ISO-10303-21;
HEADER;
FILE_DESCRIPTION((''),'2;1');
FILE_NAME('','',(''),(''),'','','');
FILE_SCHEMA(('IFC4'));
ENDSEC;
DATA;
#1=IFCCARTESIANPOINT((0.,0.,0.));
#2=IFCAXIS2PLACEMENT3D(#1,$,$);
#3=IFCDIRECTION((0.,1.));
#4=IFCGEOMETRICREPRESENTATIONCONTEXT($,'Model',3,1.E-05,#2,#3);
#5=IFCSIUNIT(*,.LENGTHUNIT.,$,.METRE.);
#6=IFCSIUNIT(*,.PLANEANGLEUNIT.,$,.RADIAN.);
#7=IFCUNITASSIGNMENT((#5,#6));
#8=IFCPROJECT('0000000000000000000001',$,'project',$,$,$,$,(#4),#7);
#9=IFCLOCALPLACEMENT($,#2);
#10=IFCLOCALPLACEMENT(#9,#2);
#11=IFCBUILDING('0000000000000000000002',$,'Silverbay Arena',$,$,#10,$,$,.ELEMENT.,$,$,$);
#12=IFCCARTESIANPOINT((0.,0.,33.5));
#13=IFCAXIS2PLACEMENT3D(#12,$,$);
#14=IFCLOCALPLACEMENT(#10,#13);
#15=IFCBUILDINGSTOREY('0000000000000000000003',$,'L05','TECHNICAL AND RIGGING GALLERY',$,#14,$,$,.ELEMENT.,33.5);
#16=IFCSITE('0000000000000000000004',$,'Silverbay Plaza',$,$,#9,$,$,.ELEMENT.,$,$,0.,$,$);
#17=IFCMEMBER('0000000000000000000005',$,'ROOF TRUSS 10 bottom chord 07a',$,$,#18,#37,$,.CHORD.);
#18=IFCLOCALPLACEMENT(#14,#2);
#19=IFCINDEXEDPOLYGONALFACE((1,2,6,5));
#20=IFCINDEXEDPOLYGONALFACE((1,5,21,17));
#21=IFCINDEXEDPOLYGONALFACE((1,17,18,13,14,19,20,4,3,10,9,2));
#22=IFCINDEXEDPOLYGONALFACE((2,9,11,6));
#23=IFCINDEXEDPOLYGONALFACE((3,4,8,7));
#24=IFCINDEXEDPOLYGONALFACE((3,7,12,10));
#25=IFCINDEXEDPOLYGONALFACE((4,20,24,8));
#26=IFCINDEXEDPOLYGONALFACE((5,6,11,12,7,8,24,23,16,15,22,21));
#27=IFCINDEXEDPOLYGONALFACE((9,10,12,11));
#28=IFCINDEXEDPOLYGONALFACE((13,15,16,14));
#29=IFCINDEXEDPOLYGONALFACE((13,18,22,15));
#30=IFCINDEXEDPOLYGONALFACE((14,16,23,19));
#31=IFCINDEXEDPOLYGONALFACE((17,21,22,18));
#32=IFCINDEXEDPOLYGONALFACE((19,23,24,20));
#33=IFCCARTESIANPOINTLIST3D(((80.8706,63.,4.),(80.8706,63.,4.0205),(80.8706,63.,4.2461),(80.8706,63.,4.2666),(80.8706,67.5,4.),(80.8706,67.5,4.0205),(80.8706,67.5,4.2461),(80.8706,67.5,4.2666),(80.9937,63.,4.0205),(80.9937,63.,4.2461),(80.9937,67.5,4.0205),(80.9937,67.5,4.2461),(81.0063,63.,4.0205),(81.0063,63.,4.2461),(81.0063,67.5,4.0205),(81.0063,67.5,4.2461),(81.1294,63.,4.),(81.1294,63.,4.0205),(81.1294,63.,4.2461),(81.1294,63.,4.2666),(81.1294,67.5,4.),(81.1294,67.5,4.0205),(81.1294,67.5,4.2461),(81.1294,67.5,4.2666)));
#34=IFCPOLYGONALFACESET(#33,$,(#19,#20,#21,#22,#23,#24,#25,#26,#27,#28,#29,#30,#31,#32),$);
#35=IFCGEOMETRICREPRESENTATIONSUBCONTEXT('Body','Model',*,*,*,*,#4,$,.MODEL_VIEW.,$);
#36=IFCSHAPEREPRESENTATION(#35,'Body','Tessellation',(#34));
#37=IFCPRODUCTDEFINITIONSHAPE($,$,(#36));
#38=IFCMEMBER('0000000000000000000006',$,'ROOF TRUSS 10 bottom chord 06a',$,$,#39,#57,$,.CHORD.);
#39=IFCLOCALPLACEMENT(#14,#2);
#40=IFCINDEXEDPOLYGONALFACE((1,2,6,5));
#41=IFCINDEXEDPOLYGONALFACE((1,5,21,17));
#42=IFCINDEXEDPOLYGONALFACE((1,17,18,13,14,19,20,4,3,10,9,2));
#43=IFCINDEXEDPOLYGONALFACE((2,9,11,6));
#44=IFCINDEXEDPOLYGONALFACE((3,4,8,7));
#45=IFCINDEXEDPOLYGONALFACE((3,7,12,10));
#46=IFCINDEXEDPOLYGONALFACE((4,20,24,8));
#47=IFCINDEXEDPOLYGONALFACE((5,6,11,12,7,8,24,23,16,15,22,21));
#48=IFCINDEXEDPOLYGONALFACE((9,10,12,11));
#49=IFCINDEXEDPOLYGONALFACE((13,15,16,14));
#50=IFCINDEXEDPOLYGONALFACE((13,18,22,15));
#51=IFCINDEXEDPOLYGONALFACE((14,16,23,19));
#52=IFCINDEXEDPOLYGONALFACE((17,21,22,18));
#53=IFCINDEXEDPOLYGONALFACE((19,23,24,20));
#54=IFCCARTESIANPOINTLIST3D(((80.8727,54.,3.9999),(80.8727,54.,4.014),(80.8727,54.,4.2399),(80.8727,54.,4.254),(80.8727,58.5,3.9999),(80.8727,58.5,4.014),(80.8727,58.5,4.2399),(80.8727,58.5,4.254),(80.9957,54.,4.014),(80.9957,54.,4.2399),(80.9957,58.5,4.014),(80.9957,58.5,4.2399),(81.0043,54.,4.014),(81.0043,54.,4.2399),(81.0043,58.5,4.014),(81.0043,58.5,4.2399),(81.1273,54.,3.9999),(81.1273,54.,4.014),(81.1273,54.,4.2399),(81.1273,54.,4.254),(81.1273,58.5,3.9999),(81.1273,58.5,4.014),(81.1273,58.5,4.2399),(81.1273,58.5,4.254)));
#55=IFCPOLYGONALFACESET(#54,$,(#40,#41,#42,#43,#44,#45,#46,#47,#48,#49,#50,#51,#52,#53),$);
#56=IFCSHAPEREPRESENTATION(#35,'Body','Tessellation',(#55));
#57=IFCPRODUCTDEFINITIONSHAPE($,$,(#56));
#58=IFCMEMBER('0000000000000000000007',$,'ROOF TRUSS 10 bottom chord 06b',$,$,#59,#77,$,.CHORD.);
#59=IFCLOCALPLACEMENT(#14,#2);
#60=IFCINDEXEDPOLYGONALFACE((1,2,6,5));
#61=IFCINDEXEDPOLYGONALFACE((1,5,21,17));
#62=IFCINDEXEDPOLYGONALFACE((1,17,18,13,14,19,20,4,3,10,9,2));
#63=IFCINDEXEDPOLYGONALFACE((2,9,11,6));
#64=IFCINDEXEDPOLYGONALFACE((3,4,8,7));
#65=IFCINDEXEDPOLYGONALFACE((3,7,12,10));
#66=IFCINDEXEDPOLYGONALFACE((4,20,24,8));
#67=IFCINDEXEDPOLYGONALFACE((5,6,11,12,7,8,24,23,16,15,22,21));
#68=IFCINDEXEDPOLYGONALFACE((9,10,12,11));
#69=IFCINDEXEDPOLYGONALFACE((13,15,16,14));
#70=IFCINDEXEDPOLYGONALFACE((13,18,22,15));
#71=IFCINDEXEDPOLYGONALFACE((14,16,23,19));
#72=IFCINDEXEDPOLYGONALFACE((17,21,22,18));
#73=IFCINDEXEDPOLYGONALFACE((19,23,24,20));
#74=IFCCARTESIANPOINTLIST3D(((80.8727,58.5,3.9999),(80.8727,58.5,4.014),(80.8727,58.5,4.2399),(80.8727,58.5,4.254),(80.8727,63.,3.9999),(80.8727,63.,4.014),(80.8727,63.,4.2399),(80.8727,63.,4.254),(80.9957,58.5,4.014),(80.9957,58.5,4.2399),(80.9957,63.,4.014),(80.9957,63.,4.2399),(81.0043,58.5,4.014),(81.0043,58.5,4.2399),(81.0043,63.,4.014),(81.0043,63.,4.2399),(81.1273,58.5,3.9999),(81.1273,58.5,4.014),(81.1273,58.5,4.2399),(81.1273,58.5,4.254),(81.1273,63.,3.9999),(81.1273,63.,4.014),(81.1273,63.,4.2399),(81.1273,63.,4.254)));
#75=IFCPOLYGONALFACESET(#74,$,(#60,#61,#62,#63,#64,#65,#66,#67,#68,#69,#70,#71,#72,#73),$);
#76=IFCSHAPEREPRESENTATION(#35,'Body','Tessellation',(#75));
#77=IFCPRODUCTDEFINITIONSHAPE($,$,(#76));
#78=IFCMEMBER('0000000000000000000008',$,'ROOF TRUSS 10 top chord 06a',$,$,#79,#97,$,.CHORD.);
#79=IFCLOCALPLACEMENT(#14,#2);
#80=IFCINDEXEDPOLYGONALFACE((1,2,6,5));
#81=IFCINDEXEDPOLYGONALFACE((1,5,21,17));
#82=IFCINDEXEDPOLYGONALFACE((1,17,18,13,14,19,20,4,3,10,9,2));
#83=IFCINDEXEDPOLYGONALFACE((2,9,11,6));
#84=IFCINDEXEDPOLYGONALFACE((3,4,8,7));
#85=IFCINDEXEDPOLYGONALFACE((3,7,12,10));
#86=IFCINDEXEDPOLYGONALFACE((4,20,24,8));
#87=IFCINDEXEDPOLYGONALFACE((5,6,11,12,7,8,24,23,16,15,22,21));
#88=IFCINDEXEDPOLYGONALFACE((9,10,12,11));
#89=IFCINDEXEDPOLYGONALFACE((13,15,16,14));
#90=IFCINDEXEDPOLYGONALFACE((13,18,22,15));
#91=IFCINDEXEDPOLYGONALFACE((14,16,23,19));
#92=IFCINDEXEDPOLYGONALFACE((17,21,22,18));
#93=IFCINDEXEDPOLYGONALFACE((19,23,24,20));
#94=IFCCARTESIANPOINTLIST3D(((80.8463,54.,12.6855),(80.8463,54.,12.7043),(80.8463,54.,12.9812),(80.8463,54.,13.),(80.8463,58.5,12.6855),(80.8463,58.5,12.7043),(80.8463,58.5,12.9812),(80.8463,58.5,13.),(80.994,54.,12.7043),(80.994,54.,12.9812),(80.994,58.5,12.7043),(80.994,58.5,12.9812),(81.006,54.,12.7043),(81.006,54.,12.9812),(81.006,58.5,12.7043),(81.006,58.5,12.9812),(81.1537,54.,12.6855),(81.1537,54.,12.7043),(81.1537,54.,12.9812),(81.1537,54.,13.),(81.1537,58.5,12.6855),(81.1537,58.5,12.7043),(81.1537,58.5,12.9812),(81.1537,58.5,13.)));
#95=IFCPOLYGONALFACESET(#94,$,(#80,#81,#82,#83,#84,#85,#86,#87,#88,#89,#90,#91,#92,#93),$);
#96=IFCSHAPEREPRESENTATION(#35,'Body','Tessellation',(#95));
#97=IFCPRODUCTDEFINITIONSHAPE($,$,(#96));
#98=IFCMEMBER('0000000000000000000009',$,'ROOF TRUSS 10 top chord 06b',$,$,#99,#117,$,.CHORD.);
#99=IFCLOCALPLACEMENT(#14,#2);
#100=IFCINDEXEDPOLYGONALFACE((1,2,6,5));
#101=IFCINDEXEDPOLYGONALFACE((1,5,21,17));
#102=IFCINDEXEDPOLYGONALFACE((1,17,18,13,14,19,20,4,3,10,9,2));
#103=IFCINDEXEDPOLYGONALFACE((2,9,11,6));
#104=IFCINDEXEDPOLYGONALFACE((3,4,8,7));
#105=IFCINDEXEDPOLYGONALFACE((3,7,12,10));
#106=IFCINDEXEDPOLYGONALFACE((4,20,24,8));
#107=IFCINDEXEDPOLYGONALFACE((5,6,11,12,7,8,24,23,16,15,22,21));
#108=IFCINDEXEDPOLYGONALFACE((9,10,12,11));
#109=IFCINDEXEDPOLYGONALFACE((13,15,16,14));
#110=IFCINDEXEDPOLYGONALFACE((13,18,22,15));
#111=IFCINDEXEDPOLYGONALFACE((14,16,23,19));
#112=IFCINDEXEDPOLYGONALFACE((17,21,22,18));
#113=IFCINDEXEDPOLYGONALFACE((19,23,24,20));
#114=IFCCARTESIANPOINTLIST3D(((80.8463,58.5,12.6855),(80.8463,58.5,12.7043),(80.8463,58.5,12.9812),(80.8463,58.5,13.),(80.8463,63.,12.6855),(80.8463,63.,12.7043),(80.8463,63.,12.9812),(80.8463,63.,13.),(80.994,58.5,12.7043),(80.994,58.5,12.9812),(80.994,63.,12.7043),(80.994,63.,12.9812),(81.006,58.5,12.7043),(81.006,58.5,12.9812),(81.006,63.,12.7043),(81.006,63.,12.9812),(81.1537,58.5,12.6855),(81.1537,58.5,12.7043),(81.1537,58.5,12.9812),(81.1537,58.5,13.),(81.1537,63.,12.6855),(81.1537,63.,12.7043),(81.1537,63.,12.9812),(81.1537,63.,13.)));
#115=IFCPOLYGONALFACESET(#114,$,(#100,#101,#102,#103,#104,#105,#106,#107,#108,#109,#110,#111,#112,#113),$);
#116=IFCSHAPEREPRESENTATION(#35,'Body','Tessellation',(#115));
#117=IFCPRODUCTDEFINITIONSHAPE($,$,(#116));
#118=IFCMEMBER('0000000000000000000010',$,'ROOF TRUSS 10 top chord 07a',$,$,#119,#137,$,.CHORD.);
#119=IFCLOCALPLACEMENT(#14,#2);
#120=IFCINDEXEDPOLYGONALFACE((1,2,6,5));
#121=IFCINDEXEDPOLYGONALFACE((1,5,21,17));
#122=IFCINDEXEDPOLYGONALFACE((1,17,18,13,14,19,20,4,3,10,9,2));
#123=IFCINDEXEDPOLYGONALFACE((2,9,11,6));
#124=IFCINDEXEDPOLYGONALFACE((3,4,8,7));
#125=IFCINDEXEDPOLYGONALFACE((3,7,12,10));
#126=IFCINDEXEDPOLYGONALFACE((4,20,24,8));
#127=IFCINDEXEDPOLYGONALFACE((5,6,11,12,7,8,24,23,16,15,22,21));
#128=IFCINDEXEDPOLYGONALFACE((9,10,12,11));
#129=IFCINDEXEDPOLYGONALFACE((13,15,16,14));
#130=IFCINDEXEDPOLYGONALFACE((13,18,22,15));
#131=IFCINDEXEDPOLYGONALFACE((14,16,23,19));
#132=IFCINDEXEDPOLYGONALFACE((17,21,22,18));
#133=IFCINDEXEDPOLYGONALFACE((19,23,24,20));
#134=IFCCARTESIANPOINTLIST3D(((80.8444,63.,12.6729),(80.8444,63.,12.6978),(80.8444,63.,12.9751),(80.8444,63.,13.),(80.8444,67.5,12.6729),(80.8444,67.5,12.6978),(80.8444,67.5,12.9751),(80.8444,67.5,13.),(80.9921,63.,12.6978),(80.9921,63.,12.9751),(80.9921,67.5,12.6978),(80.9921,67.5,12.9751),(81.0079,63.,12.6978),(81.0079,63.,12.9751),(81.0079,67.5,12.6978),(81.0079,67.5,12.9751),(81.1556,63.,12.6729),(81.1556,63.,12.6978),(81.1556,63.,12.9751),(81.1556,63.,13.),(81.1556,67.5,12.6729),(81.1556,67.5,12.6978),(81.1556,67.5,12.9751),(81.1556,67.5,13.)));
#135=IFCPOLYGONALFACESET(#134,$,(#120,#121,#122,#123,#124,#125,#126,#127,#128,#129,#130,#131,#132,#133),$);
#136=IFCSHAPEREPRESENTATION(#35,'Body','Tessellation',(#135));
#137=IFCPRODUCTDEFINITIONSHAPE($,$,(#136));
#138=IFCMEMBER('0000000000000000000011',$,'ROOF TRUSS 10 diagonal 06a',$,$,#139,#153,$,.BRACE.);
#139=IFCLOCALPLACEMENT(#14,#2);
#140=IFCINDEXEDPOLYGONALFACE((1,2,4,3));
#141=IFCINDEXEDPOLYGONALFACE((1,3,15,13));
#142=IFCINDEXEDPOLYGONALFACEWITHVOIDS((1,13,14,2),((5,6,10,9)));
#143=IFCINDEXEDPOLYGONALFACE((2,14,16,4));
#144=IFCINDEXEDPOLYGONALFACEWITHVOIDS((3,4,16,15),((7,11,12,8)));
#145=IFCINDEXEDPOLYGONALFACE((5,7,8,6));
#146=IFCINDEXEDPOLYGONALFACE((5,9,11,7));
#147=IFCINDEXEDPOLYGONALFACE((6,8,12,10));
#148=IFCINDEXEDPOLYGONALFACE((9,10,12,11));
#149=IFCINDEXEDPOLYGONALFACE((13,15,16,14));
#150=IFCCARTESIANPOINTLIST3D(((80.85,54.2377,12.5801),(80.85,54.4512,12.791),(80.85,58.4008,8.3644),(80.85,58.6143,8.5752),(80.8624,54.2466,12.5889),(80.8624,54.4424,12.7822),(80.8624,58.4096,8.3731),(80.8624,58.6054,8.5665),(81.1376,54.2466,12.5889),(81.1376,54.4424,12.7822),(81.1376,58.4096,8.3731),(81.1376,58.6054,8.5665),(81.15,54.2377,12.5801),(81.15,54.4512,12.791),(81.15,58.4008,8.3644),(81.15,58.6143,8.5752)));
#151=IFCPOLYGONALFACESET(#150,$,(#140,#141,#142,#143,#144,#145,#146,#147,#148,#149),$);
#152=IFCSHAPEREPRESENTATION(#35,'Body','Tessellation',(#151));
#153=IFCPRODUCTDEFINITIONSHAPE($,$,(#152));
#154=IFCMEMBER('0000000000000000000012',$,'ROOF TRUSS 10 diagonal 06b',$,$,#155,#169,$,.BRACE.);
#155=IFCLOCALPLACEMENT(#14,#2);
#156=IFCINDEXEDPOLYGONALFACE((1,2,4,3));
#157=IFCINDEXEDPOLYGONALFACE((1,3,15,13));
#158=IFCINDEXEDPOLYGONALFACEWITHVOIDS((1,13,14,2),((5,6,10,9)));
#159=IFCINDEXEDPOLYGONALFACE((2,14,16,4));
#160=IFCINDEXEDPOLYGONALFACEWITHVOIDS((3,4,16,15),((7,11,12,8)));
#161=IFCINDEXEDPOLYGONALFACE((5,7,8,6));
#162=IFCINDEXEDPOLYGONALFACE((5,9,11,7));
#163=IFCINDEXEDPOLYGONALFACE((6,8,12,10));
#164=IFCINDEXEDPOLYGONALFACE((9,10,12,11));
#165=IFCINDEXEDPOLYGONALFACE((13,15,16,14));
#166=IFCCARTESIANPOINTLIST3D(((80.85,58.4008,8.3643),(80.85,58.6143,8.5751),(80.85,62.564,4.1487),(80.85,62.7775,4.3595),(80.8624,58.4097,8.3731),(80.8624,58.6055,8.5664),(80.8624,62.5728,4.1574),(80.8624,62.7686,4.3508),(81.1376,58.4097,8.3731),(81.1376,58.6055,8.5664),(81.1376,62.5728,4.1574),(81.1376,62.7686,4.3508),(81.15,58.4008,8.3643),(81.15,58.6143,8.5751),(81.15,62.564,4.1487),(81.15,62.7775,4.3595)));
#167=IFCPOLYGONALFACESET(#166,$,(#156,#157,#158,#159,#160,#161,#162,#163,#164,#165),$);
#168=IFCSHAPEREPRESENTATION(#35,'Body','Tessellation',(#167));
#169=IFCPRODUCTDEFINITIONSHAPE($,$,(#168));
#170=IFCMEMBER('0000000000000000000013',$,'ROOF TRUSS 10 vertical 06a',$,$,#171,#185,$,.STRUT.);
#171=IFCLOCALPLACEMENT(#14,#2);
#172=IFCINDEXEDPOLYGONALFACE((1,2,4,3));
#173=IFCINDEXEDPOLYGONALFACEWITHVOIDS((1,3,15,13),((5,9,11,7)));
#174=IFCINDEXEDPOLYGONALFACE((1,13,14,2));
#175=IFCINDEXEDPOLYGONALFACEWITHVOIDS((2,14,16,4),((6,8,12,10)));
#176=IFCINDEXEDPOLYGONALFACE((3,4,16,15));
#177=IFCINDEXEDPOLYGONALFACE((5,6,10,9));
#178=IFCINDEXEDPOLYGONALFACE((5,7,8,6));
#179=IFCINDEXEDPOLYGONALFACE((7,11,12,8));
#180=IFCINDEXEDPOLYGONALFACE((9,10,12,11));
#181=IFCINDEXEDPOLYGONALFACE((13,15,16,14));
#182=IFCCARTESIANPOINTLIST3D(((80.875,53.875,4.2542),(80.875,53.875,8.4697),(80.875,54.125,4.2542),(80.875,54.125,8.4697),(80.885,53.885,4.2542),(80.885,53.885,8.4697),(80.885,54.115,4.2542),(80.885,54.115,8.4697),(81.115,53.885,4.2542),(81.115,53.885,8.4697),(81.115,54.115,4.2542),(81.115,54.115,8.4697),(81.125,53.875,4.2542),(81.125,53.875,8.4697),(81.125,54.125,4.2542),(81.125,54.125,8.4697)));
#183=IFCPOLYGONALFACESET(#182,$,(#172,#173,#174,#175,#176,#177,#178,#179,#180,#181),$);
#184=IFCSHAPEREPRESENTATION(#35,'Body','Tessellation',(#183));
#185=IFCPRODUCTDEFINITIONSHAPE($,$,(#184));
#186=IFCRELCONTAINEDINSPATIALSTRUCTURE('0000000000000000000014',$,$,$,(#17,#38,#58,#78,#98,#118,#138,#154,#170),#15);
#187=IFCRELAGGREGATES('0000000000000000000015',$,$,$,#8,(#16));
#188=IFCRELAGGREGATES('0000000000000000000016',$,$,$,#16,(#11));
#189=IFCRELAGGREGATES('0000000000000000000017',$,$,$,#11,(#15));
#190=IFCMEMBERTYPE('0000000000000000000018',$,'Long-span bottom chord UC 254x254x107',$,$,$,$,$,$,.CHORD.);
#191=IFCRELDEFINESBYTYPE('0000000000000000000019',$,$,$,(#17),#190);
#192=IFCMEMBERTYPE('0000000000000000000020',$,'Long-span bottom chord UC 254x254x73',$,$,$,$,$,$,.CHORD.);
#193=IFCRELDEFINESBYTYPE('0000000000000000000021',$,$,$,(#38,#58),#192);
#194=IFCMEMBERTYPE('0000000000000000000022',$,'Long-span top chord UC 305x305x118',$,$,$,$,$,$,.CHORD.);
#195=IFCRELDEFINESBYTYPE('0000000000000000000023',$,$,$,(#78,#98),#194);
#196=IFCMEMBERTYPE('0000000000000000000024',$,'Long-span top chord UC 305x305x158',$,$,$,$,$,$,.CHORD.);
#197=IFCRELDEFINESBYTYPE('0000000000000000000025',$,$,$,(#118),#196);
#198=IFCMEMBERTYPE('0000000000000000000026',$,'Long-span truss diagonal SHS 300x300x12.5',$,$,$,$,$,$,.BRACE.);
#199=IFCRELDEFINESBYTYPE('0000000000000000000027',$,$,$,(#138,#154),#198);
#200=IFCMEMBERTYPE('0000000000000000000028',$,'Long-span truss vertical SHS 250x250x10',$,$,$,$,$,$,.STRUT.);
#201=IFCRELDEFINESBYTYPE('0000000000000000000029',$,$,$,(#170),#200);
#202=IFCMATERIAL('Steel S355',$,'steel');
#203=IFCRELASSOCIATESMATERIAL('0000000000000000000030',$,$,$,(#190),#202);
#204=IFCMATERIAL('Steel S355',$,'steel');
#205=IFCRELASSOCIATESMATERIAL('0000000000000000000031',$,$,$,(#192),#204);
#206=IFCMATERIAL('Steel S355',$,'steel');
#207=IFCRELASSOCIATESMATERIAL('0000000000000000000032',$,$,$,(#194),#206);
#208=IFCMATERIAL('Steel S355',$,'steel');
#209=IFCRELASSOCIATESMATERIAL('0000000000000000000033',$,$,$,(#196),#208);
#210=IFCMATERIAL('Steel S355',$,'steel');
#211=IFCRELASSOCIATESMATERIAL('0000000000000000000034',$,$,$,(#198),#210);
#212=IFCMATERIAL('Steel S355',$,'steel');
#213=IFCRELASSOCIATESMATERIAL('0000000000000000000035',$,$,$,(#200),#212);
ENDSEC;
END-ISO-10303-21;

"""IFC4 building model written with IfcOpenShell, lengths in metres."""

from ifc_helpers import new_model, si_unit, direction, frame, origin, origin_2d, place, context, subcontext, project, spatial, hollow_rectangle, i_section, extrude, material, material_profile, profile_set, type_object, element, save


model = new_model("IFC4")

# Units and contexts
model_context = context("Model", 3, precision=1e-05, world=origin(), true_north=direction((0.0, 1.0)))
body_context = subcontext(model_context, "Body", "Model", "MODEL_VIEW")
ifc_project = project(units=[si_unit("LENGTHUNIT", "METRE"), si_unit("PLANEANGLEUNIT", "RADIAN")], contexts=[model_context])

# Site, building, storey
site_placement = place(None, origin())
site = spatial("IfcSite", under=ifc_project, at=site_placement, Name="Silverbay Plaza", CompositionType="ELEMENT", RefElevation=0.0)
building_placement = place(site_placement, origin())
building = spatial("IfcBuilding", under=site, at=building_placement, Name="Silverbay Arena", CompositionType="ELEMENT")
storey_placement = place(building_placement, frame((0.0, 0.0, 33.5)))
storey = spatial("IfcBuildingStorey", under=building, at=storey_placement, Name="L05", Description="TECHNICAL AND RIGGING GALLERY", CompositionType="ELEMENT", Elevation=33.5)

# Members
ifc_material_1 = material(Name="Steel S355", Category="steel")
ifc_material_profile_1 = material_profile(ifc_material_1, i_section(OverallWidth=0.2588, OverallDepth=0.2666, WebThickness=0.0127, FlangeThickness=0.0205, at=origin_2d()), Name="UC 254x254x107")
ifc_profile_set_1 = profile_set([ifc_material_profile_1], Name="Steel S355")
member_type_1 = type_object("IfcMemberType", Name="Long-span bottom chord UC 254x254x107", PredefinedType="CHORD", material=ifc_profile_set_1)
member_1_placement = place(storey_placement, frame((81.0, 63.0, 4.1333), z_axis=(0.0, 1.0, 0.0), x_axis=(-1.0, 0.0, 0.0)))
element("IfcMember", 1, at=member_1_placement, inside=storey, type_object=member_type_1, Name="ROOF TRUSS 10 bottom chord 07a", PredefinedType="CHORD", context=body_context, shape_type="SweptSolid", body=[
    extrude(i_section(OverallWidth=0.2588, OverallDepth=0.2666, WebThickness=0.0127, FlangeThickness=0.0205, at=origin_2d()), origin(), (0.0, 0.0, 1.0), 4.5),
])
ifc_material_2 = material(Name="Steel S355", Category="steel")
ifc_material_profile_2 = material_profile(ifc_material_2, i_section(OverallWidth=0.2546, OverallDepth=0.2542, WebThickness=0.0085, FlangeThickness=0.0142, at=origin_2d()), Name="UC 254x254x73")
ifc_profile_set_2 = profile_set([ifc_material_profile_2], Name="Steel S355")
member_type_2 = type_object("IfcMemberType", Name="Long-span bottom chord UC 254x254x73", PredefinedType="CHORD", material=ifc_profile_set_2)
for number, where, z_axis, x_axis, name in (
    (2, (81.0, 54.0, 4.127), (0.0, 1.0, 0.0), (-1.0, 0.0, 0.0), "ROOF TRUSS 10 bottom chord 06a"),
    (3, (81.0, 58.5, 4.127), (0.0, 1.0, 0.0), (-1.0, 0.0, 0.0), "ROOF TRUSS 10 bottom chord 06b"),
):
    element("IfcMember", number, at=place(storey_placement, frame(where, z_axis=z_axis, x_axis=x_axis)), inside=storey, type_object=member_type_2, Name=name, PredefinedType="CHORD", context=body_context, shape_type="SweptSolid", body=[
        extrude(i_section(OverallWidth=0.2546, OverallDepth=0.2542, WebThickness=0.0085, FlangeThickness=0.0142, at=origin_2d()), origin(), (0.0, 0.0, 1.0), 4.5),
    ])
ifc_material_3 = material(Name="Steel S355", Category="steel")
ifc_material_profile_3 = material_profile(ifc_material_3, i_section(OverallWidth=0.3074, OverallDepth=0.3145, WebThickness=0.012, FlangeThickness=0.0188, at=origin_2d()), Name="UC 305x305x118")
ifc_profile_set_3 = profile_set([ifc_material_profile_3], Name="Steel S355")
member_type_3 = type_object("IfcMemberType", Name="Long-span top chord UC 305x305x118", PredefinedType="CHORD", material=ifc_profile_set_3)
for number, where, z_axis, x_axis, name in (
    (4, (81.0, 54.0, 12.8428), (0.0, 1.0, 0.0), (-1.0, 0.0, 0.0), "ROOF TRUSS 10 top chord 06a"),
    (5, (81.0, 58.5, 12.8428), (0.0, 1.0, 0.0), (-1.0, 0.0, 0.0), "ROOF TRUSS 10 top chord 06b"),
):
    element("IfcMember", number, at=place(storey_placement, frame(where, z_axis=z_axis, x_axis=x_axis)), inside=storey, type_object=member_type_3, Name=name, PredefinedType="CHORD", context=body_context, shape_type="SweptSolid", body=[
        extrude(i_section(OverallWidth=0.3074, OverallDepth=0.3145, WebThickness=0.012, FlangeThickness=0.0188, at=origin_2d()), origin(), (0.0, 0.0, 1.0), 4.5),
    ])
ifc_material_4 = material(Name="Steel S355", Category="steel")
ifc_material_profile_4 = material_profile(ifc_material_4, i_section(OverallWidth=0.3113, OverallDepth=0.3271, WebThickness=0.0159, FlangeThickness=0.0249, at=origin_2d()), Name="UC 305x305x158")
ifc_profile_set_4 = profile_set([ifc_material_profile_4], Name="Steel S355")
member_type_4 = type_object("IfcMemberType", Name="Long-span top chord UC 305x305x158", PredefinedType="CHORD", material=ifc_profile_set_4)
member_2_placement = place(storey_placement, frame((81.0, 63.0, 12.8364), z_axis=(0.0, 1.0, 0.0), x_axis=(-1.0, 0.0, 0.0)))
element("IfcMember", 6, at=member_2_placement, inside=storey, type_object=member_type_4, Name="ROOF TRUSS 10 top chord 07a", PredefinedType="CHORD", context=body_context, shape_type="SweptSolid", body=[
    extrude(i_section(OverallWidth=0.3113, OverallDepth=0.3271, WebThickness=0.0159, FlangeThickness=0.0249, at=origin_2d()), origin(), (0.0, 0.0, 1.0), 4.5),
])
ifc_material_5 = material(Name="Steel S355", Category="steel")
ifc_material_profile_5 = material_profile(ifc_material_5, hollow_rectangle(XDim=0.3, YDim=0.3, WallThickness=0.0125, at=origin_2d()), Name="SHS 300x300x12.5")
ifc_profile_set_5 = profile_set([ifc_material_profile_5], Name="Steel S355")
member_type_5 = type_object("IfcMemberType", Name="Long-span truss diagonal SHS 300x300x12.5", PredefinedType="BRACE", material=ifc_profile_set_5)
for number, where, z_axis, x_axis, name in (
    (7, (81.0, 54.3445, 12.6855), (0.0, 0.702643, -0.711543), (-1.0, 0.0, 0.0), "ROOF TRUSS 10 diagonal 06a"),
    (8, (81.0, 58.5076, 8.4697), (0.0, 0.702663, -0.711523), (-1.0, 0.0, 0.0), "ROOF TRUSS 10 diagonal 06b"),
):
    element("IfcMember", number, at=place(storey_placement, frame(where, z_axis=z_axis, x_axis=x_axis)), inside=storey, type_object=member_type_5, Name=name, PredefinedType="BRACE", context=body_context, shape_type="SweptSolid", body=[
        extrude(hollow_rectangle(XDim=0.3, YDim=0.3, WallThickness=0.0125, at=origin_2d()), origin(), (0.0, 0.0, 1.0), 5.9248),
    ])
ifc_material_6 = material(Name="Steel S355", Category="steel")
ifc_material_profile_6 = material_profile(ifc_material_6, hollow_rectangle(XDim=0.25, YDim=0.25, WallThickness=0.01, at=origin_2d()), Name="SHS 250x250x10")
ifc_profile_set_6 = profile_set([ifc_material_profile_6], Name="Steel S355")
member_type_6 = type_object("IfcMemberType", Name="Long-span truss vertical SHS 250x250x10", PredefinedType="STRUT", material=ifc_profile_set_6)
member_3_placement = place(storey_placement, frame((81.0, 54.0, 4.2542), z_axis=(0.0, 0.0, 1.0), x_axis=(1.0, 0.0, 0.0)))
element("IfcMember", 9, at=member_3_placement, inside=storey, type_object=member_type_6, Name="ROOF TRUSS 10 vertical 06a", PredefinedType="STRUT", context=body_context, shape_type="SweptSolid", body=[
    extrude(hollow_rectangle(XDim=0.25, YDim=0.25, WallThickness=0.01, at=origin_2d()), origin(), (0.0, 0.0, 1.0), 4.2156),
])

save(model, "model.ifc")
